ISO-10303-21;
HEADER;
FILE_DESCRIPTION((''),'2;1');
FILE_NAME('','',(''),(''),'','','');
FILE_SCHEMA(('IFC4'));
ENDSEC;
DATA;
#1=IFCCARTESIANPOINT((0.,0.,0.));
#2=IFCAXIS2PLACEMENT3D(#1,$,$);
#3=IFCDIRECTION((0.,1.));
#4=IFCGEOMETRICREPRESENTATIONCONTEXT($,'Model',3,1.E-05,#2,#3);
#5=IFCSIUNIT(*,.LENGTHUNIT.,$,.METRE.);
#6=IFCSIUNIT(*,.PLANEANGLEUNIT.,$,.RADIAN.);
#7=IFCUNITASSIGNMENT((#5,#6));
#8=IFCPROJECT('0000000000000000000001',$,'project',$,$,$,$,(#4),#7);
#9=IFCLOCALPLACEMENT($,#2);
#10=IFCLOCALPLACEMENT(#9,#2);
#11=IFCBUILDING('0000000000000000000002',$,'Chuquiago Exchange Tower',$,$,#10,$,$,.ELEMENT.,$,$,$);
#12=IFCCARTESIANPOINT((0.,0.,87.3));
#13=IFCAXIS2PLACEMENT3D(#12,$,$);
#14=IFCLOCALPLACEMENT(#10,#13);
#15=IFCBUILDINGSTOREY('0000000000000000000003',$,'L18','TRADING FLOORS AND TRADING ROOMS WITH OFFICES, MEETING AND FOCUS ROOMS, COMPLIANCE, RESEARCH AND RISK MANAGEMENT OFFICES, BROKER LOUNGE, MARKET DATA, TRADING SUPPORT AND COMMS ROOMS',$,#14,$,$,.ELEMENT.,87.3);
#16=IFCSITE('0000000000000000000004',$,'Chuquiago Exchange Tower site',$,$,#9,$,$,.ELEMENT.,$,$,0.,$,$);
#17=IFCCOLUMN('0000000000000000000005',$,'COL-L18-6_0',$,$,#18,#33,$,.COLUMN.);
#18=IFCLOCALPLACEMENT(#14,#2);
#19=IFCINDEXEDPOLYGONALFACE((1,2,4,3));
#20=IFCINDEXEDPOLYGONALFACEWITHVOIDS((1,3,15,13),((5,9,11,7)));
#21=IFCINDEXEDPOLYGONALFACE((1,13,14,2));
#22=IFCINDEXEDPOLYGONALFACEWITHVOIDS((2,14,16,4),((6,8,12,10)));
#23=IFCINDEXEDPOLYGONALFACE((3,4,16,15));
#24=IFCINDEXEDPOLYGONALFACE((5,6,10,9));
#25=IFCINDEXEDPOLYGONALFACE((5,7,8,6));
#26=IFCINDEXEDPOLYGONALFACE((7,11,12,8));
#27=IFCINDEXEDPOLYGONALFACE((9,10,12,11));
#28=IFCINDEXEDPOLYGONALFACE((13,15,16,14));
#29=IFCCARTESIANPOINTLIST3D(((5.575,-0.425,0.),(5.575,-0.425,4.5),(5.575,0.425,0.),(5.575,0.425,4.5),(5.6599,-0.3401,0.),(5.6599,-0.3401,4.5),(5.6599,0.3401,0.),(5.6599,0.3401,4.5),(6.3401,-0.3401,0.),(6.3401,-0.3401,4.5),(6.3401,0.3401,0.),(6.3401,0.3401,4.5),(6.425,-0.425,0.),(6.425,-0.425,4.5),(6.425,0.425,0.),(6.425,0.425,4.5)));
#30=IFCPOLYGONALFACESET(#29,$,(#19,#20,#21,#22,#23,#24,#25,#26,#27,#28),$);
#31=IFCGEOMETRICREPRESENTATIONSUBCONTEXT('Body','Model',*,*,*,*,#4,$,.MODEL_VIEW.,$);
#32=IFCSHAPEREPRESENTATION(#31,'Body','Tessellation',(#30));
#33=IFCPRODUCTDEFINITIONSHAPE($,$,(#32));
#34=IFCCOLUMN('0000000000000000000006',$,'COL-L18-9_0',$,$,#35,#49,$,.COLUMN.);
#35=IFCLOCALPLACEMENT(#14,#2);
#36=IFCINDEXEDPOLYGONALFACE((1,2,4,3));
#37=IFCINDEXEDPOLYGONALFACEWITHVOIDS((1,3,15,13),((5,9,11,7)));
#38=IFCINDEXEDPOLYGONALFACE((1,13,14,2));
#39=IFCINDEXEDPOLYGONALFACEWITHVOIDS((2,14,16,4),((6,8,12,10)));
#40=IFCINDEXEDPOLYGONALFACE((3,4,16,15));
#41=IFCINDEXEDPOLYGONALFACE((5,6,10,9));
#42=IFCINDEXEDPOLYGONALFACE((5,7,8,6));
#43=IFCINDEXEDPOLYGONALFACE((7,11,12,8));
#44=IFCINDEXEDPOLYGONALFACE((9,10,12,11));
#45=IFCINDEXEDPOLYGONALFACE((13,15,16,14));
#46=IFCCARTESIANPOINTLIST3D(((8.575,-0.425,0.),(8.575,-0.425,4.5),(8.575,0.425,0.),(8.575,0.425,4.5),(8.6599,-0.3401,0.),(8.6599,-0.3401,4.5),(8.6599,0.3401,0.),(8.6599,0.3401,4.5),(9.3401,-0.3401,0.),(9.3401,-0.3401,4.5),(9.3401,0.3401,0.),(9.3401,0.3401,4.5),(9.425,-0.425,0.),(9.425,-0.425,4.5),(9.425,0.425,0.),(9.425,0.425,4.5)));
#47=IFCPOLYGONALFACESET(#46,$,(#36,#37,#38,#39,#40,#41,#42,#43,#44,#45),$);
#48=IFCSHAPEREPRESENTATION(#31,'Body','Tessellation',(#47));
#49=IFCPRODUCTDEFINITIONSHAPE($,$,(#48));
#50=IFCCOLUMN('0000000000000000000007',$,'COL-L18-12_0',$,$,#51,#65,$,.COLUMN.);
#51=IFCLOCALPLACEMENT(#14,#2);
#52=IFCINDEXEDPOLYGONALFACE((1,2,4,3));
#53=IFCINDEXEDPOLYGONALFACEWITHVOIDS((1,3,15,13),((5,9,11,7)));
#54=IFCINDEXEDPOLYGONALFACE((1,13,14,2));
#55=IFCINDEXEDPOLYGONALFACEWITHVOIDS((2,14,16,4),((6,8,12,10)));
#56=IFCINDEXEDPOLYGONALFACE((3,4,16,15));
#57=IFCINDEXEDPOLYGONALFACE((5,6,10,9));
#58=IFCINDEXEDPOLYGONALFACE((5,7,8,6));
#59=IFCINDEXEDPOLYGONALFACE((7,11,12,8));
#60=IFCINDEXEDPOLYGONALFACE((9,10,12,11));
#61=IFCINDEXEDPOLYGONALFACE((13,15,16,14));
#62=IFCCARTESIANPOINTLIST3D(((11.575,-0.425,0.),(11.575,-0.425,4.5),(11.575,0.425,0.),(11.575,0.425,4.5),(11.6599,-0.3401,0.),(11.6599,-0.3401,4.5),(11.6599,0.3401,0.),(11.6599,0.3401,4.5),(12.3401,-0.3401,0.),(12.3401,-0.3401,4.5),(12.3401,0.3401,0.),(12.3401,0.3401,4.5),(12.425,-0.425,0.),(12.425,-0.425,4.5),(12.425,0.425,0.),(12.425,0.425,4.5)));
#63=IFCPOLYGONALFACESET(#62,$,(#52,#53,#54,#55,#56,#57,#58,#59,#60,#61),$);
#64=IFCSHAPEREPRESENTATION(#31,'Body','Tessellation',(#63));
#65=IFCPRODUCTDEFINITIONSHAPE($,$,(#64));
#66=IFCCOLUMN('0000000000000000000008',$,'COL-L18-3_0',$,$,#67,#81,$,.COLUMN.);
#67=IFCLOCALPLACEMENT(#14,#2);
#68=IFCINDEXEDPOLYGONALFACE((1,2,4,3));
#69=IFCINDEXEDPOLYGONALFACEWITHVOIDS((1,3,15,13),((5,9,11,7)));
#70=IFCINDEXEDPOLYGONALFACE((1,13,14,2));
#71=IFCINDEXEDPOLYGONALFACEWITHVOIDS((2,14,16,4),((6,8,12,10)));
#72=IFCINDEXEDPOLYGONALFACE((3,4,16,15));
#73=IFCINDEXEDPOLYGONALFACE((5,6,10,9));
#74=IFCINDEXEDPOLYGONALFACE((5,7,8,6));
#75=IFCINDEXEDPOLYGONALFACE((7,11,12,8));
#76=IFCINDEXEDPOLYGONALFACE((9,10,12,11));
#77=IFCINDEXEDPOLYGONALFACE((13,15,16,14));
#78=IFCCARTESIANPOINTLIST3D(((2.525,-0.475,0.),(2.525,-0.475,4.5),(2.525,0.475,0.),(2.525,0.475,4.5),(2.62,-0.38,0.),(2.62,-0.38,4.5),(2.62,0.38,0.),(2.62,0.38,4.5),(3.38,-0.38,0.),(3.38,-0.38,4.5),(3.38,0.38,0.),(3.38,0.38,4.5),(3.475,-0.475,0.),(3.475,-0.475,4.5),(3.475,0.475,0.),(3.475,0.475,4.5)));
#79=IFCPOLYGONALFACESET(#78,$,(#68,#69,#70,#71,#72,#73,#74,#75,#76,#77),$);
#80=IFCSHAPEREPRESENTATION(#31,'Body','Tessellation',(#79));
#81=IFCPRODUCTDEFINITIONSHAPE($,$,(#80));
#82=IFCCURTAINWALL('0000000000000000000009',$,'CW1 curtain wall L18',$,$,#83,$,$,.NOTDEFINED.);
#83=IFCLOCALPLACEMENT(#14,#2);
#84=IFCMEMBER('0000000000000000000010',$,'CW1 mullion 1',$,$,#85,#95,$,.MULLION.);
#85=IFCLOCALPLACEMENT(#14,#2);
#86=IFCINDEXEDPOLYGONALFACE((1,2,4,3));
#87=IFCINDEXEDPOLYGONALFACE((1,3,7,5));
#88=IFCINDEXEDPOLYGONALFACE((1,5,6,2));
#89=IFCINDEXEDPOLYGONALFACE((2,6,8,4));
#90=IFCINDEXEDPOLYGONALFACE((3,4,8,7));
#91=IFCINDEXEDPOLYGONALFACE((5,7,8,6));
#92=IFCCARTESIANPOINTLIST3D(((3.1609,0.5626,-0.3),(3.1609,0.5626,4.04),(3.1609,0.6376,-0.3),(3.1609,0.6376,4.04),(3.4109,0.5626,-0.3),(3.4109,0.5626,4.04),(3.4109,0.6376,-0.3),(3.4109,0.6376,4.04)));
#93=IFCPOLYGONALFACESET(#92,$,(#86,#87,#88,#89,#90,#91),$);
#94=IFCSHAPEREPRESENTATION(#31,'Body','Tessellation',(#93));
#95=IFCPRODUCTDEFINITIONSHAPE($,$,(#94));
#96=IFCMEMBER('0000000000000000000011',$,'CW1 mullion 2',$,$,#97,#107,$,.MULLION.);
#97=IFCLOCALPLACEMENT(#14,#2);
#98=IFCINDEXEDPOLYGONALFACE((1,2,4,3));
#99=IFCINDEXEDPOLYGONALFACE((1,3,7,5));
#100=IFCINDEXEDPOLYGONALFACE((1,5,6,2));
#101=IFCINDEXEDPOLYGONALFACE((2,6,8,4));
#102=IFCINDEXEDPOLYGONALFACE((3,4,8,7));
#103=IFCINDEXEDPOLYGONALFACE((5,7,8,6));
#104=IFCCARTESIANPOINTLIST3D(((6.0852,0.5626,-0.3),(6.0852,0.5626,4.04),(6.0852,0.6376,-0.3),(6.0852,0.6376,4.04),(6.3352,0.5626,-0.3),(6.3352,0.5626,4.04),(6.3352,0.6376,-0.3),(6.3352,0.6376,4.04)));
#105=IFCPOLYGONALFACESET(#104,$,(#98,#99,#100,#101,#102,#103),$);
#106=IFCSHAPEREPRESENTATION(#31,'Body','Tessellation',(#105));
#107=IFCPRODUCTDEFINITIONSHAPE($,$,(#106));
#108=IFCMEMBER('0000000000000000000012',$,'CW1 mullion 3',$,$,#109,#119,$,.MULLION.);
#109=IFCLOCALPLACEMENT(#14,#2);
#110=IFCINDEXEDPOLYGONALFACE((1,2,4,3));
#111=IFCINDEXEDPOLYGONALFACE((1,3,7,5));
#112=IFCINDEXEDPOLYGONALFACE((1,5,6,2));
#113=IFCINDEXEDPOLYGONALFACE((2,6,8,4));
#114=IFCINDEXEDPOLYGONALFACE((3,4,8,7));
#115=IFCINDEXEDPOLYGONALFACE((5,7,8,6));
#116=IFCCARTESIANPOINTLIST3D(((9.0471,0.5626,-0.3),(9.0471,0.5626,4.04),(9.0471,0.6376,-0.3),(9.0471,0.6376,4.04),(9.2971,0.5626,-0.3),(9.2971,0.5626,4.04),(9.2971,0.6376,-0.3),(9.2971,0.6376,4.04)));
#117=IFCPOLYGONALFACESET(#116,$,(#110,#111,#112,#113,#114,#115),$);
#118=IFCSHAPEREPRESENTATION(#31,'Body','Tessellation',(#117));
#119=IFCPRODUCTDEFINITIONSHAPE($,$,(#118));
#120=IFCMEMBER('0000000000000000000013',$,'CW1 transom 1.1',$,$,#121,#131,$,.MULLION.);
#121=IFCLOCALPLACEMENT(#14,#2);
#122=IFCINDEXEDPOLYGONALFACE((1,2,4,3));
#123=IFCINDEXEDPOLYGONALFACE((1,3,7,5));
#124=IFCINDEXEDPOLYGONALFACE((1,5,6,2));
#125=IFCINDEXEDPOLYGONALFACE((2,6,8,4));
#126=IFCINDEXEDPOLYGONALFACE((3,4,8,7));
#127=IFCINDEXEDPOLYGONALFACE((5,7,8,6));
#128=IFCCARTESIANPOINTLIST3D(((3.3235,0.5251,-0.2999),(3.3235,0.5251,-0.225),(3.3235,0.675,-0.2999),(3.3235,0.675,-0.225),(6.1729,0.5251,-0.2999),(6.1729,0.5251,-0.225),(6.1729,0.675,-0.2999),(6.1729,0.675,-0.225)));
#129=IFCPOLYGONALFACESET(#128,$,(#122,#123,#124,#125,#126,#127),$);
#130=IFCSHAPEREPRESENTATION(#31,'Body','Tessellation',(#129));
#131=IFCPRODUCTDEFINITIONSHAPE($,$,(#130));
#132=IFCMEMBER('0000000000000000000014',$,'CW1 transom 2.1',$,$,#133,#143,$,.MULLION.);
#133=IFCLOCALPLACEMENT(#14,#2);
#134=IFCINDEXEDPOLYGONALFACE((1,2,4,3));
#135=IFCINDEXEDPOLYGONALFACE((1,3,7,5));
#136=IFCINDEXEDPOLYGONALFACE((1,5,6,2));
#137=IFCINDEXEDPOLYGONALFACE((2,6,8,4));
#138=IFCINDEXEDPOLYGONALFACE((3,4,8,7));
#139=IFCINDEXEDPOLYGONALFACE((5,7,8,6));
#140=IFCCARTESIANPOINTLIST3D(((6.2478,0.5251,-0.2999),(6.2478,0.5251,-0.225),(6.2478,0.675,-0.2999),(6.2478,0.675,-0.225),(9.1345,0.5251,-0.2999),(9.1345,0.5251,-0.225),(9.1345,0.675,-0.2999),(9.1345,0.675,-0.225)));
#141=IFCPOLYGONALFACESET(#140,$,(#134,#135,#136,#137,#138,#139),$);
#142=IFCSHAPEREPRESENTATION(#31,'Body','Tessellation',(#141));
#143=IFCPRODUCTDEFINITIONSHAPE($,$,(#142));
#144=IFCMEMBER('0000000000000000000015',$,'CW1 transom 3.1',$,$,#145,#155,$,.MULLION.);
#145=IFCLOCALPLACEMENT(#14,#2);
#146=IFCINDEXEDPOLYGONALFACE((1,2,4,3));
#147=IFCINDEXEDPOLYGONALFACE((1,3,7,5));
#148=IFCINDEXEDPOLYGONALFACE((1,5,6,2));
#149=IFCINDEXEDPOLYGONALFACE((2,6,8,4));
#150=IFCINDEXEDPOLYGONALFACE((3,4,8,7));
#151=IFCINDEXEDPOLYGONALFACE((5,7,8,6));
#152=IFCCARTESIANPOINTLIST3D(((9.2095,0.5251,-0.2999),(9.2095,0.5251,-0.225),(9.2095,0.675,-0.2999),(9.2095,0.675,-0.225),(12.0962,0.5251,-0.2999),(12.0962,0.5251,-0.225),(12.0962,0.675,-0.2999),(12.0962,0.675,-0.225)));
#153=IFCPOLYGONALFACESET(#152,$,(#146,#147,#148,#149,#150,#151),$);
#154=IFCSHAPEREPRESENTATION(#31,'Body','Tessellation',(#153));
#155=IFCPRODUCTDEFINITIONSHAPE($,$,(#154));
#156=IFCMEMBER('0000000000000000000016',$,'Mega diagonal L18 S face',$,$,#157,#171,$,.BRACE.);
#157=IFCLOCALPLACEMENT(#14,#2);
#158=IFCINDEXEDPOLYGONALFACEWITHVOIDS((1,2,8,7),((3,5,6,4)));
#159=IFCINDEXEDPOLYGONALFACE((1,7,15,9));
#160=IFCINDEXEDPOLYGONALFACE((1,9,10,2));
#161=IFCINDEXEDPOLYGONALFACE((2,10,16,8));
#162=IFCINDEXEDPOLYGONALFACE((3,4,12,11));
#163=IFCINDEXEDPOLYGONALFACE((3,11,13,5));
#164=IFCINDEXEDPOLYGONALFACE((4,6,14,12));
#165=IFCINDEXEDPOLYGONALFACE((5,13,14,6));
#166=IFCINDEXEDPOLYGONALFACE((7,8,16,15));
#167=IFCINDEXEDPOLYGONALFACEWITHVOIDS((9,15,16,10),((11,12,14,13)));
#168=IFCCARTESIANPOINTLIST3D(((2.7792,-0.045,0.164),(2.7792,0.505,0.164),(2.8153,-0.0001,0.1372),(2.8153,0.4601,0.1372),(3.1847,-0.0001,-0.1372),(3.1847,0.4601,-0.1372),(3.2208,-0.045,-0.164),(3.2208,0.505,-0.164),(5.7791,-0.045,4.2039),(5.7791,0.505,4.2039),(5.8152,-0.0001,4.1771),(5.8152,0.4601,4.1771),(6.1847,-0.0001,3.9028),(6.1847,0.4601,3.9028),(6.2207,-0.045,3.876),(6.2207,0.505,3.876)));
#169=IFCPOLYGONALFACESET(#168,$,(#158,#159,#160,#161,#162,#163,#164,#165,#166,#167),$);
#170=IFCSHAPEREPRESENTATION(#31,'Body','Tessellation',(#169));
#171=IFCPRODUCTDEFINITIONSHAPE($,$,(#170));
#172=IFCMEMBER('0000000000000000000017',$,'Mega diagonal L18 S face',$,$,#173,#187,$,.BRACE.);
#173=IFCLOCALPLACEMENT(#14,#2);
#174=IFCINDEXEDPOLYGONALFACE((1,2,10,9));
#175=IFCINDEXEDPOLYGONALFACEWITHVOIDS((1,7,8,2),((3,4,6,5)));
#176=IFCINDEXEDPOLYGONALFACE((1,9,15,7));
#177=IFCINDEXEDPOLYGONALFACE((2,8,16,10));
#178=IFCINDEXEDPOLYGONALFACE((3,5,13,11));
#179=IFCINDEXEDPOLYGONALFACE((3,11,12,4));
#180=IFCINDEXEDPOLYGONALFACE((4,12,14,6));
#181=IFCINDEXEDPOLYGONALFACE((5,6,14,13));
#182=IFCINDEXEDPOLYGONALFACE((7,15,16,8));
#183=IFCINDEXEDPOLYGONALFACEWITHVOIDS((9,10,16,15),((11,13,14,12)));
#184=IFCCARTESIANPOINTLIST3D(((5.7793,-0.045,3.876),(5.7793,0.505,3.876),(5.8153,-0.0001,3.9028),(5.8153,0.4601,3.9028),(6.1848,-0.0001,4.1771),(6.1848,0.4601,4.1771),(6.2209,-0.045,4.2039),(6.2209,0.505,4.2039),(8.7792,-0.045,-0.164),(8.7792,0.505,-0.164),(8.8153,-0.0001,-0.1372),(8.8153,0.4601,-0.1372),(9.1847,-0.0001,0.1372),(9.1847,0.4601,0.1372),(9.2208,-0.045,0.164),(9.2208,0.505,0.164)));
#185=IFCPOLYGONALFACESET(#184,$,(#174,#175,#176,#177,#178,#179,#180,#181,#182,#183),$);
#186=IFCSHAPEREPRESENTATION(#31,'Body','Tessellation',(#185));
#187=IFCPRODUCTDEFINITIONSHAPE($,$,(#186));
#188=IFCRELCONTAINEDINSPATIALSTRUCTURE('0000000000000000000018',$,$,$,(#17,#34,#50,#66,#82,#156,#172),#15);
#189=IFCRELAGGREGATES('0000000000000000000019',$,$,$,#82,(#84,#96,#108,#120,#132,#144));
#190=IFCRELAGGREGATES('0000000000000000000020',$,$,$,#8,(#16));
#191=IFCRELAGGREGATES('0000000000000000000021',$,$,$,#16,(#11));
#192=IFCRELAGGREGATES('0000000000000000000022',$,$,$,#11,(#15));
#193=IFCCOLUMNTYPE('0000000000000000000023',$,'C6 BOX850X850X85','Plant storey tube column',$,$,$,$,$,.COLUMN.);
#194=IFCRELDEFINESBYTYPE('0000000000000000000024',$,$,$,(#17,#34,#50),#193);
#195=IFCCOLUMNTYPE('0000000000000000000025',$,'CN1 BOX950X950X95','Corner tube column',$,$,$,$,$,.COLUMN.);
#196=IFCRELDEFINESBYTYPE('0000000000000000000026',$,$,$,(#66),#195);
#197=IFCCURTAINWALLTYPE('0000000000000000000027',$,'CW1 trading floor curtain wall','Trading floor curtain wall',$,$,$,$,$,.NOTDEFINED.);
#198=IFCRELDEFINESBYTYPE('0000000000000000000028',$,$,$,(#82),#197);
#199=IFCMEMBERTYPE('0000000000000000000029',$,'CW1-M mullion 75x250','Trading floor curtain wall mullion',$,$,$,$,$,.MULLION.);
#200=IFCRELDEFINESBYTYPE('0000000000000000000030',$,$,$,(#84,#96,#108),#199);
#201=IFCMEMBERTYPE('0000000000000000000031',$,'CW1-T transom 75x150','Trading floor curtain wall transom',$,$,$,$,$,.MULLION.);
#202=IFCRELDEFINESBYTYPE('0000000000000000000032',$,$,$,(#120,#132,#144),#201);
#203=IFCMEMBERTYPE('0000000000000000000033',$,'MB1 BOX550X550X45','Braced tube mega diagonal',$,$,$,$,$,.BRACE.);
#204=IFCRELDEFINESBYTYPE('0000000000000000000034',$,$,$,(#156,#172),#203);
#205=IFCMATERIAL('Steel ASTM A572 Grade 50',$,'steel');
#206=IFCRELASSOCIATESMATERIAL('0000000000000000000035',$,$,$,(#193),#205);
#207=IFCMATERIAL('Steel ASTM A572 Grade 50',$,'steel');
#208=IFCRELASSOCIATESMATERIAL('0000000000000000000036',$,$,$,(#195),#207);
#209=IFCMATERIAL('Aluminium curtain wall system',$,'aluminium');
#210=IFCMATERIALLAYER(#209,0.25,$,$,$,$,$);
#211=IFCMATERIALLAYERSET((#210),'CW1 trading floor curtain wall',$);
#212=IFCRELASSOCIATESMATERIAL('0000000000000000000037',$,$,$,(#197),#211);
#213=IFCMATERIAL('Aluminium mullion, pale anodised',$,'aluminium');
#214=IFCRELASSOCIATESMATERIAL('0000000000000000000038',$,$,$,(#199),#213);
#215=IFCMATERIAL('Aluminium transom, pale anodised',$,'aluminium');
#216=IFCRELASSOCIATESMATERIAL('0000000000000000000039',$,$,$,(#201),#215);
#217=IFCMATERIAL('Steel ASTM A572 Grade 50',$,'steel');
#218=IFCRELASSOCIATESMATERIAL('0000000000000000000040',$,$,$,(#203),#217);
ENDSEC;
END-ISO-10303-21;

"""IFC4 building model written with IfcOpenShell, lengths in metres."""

from ifc_helpers import new_model, si_unit, direction, frame, origin, origin_2d, place, context, subcontext, project, spatial, rectangle, hollow_rectangle, extrude, material, layer, layer_set, material_profile, profile_set, type_object, element, aggregate, save


model = new_model("IFC4")

# Units and contexts
model_context = context("Model", 3, precision=1e-05, world=origin(), true_north=direction((0.0, 1.0)))
body_context = subcontext(model_context, "Body", "Model", "MODEL_VIEW")
ifc_project = project(units=[si_unit("LENGTHUNIT", "METRE"), si_unit("PLANEANGLEUNIT", "RADIAN")], contexts=[model_context])

# Site, building, storey
site_placement = place(None, origin())
site = spatial("IfcSite", under=ifc_project, at=site_placement, Name="Chuquiago Exchange Tower site", CompositionType="ELEMENT", RefElevation=0.0)
building_placement = place(site_placement, origin())
building = spatial("IfcBuilding", under=site, at=building_placement, Name="Chuquiago Exchange Tower", CompositionType="ELEMENT")
storey_placement = place(building_placement, frame((0.0, 0.0, 87.3)))
storey = spatial("IfcBuildingStorey", under=building, at=storey_placement, Name="L18", Description="TRADING FLOORS AND TRADING ROOMS WITH OFFICES, MEETING AND FOCUS ROOMS, COMPLIANCE, RESEARCH AND RISK MANAGEMENT OFFICES, BROKER LOUNGE, MARKET DATA, TRADING SUPPORT AND COMMS ROOMS", CompositionType="ELEMENT", Elevation=87.3)

# Columns
ifc_material_1 = material(Name="Steel ASTM A572 Grade 50", Category="steel")
ifc_material_profile_1 = material_profile(ifc_material_1, hollow_rectangle(XDim=0.8501, YDim=0.8501, WallThickness=0.085, at=origin_2d()), Name="BOX850X850X85")
ifc_profile_set_1 = profile_set([ifc_material_profile_1], Name="Steel ASTM A572 Grade 50")
column_type_1 = type_object("IfcColumnType", Name="C6 BOX850X850X85", Description="Plant storey tube column", PredefinedType="COLUMN", material=ifc_profile_set_1)
for number, where, z_axis, x_axis, name in (
    (1, (6.0, 0.0, 0.0), (0.0, 0.0, 1.0), (0.0, -1.0, 0.0), "COL-L18-6_0"),
    (2, (9.0, 0.0, 0.0), (0.0, 0.0, 1.0), (0.0, -1.0, 0.0), "COL-L18-9_0"),
    (3, (12.0, 0.0, 0.0), (0.0, 0.0, 1.0), (0.0, -1.0, 0.0), "COL-L18-12_0"),
):
    element("IfcColumn", number, at=place(storey_placement, frame(where, z_axis=z_axis, x_axis=x_axis)), inside=storey, type_object=column_type_1, Name=name, PredefinedType="COLUMN", context=body_context, shape_type="SweptSolid", body=[
        extrude(hollow_rectangle(XDim=0.8501, YDim=0.8501, WallThickness=0.085, at=origin_2d()), origin(), (0.0, 0.0, 1.0), 4.5),
    ])
ifc_material_2 = material(Name="Steel ASTM A572 Grade 50", Category="steel")
ifc_material_profile_2 = material_profile(ifc_material_2, hollow_rectangle(XDim=0.95, YDim=0.95, WallThickness=0.095, at=origin_2d()), Name="BOX950X950X95")
ifc_profile_set_2 = profile_set([ifc_material_profile_2], Name="Steel ASTM A572 Grade 50")
column_type_2 = type_object("IfcColumnType", Name="CN1 BOX950X950X95", Description="Corner tube column", PredefinedType="COLUMN", material=ifc_profile_set_2)
column_placement = place(storey_placement, frame((3.0, 0.0, 0.0), z_axis=(0.0, 0.0, 1.0), x_axis=(0.0, -1.0, 0.0)))
element("IfcColumn", 4, at=column_placement, inside=storey, type_object=column_type_2, Name="COL-L18-3_0", PredefinedType="COLUMN", context=body_context, shape_type="SweptSolid", body=[
    extrude(hollow_rectangle(XDim=0.95, YDim=0.95, WallThickness=0.095, at=origin_2d()), origin(), (0.0, 0.0, 1.0), 4.5),
])

# Curtain wall, members
ifc_material_3 = material(Name="Aluminium curtain wall system", Category="aluminium")
ifc_layer_1 = layer(ifc_material_3, 0.25)
ifc_layer_set_1 = layer_set([ifc_layer_1], Name="CW1 trading floor curtain wall")
curtain_wall_type = type_object("IfcCurtainWallType", Name="CW1 trading floor curtain wall", Description="Trading floor curtain wall", PredefinedType="NOTDEFINED", material=ifc_layer_set_1)
curtain_wall_placement = place(storey_placement, origin())
curtain_wall = element("IfcCurtainWall", 5, at=curtain_wall_placement, inside=storey, type_object=curtain_wall_type, Name="CW1 curtain wall L18", PredefinedType="NOTDEFINED")
ifc_material_4 = material(Name="Aluminium mullion, pale anodised", Category="aluminium")
ifc_material_profile_3 = material_profile(ifc_material_4, rectangle(XDim=0.075, YDim=0.25, at=origin_2d()), Name="AL 75x250")
ifc_profile_set_3 = profile_set([ifc_material_profile_3], Name="Aluminium mullion, pale anodised")
member_type_1 = type_object("IfcMemberType", Name="CW1-M mullion 75x250", Description="Trading floor curtain wall mullion", PredefinedType="MULLION", material=ifc_profile_set_3)
member_1_placement = place(storey_placement, frame((3.2859, 0.6001, -0.3), z_axis=(0.0, 0.0, 1.0), x_axis=(0.0, 1.0, 0.0)))
member_1 = element("IfcMember", 6, at=member_1_placement, type_object=member_type_1, Name="CW1 mullion 1", PredefinedType="MULLION", context=body_context, shape_type="SweptSolid", body=[
    extrude(rectangle(XDim=0.075, YDim=0.25, at=origin_2d()), origin(), (0.0, 0.0, 1.0), 4.3401),
])
member_2_placement = place(storey_placement, frame((6.2102, 0.6001, -0.3), z_axis=(0.0, 0.0, 1.0), x_axis=(0.0, 1.0, 0.0)))
member_2 = element("IfcMember", 7, at=member_2_placement, type_object=member_type_1, Name="CW1 mullion 2", PredefinedType="MULLION", context=body_context, shape_type="SweptSolid", body=[
    extrude(rectangle(XDim=0.075, YDim=0.25, at=origin_2d()), origin(), (0.0, 0.0, 1.0), 4.3401),
])
member_3_placement = place(storey_placement, frame((9.1721, 0.6001, -0.3), z_axis=(0.0, 0.0, 1.0), x_axis=(0.0, 1.0, 0.0)))
member_3 = element("IfcMember", 8, at=member_3_placement, type_object=member_type_1, Name="CW1 mullion 3", PredefinedType="MULLION", context=body_context, shape_type="SweptSolid", body=[
    extrude(rectangle(XDim=0.075, YDim=0.25, at=origin_2d()), origin(), (0.0, 0.0, 1.0), 4.3401),
])
ifc_material_5 = material(Name="Aluminium transom, pale anodised", Category="aluminium")
ifc_material_profile_4 = material_profile(ifc_material_5, rectangle(XDim=0.1499, YDim=0.075, at=origin_2d()), Name="AL 150x75")
ifc_profile_set_4 = profile_set([ifc_material_profile_4], Name="Aluminium transom, pale anodised")
member_type_2 = type_object("IfcMemberType", Name="CW1-T transom 75x150", Description="Trading floor curtain wall transom", PredefinedType="MULLION", material=ifc_profile_set_4)
member_4_placement = place(storey_placement, frame((3.3235, 0.6001, -0.2625), z_axis=(1.0, 0.0, 0.0), x_axis=(0.0, 1.0, 0.0)))
member_4 = element("IfcMember", 9, at=member_4_placement, type_object=member_type_2, Name="CW1 transom 1.1", PredefinedType="MULLION", context=body_context, shape_type="SweptSolid", body=[
    extrude(rectangle(XDim=0.1499, YDim=0.075, at=origin_2d()), origin(), (0.0, 0.0, 1.0), 2.8494),
])
member_5_placement = place(storey_placement, frame((6.2478, 0.6001, -0.2625), z_axis=(1.0, 0.0, 0.0), x_axis=(0.0, 1.0, 0.0)))
member_5 = element("IfcMember", 10, at=member_5_placement, type_object=member_type_2, Name="CW1 transom 2.1", PredefinedType="MULLION", context=body_context, shape_type="SweptSolid", body=[
    extrude(rectangle(XDim=0.1499, YDim=0.075, at=origin_2d()), origin(), (0.0, 0.0, 1.0), 2.8867),
])
member_6_placement = place(storey_placement, frame((9.2095, 0.6001, -0.2625), z_axis=(1.0, 0.0, 0.0), x_axis=(0.0, 1.0, 0.0)))
member_6 = element("IfcMember", 11, at=member_6_placement, type_object=member_type_2, Name="CW1 transom 3.1", PredefinedType="MULLION", context=body_context, shape_type="SweptSolid", body=[
    extrude(rectangle(XDim=0.1499, YDim=0.075, at=origin_2d()), origin(), (0.0, 0.0, 1.0), 2.8867),
])

# Members
ifc_material_6 = material(Name="Steel ASTM A572 Grade 50", Category="steel")
ifc_material_profile_5 = material_profile(ifc_material_6, hollow_rectangle(XDim=0.55, YDim=0.55, WallThickness=0.0449, at=origin_2d()), Name="BOX550X550X45")
ifc_profile_set_5 = profile_set([ifc_material_profile_5], Name="Steel ASTM A572 Grade 50")
member_type_3 = type_object("IfcMemberType", Name="MB1 BOX550X550X45", Description="Braced tube mega diagonal", PredefinedType="BRACE", material=ifc_profile_set_5)
for number, where, z_axis, x_axis, name in (
    (12, (3.0, 0.23, 0.0), (0.596174, 0.0, 0.802855), (0.0, 1.0, 0.0), "Mega diagonal L18 S face"),
    (13, (9.0, 0.23, 0.0), (-0.596174, 0.0, 0.802855), (0.0, -1.0, 0.0), "Mega diagonal L18 S face"),
):
    element("IfcMember", number, at=place(storey_placement, frame(where, z_axis=z_axis, x_axis=x_axis)), inside=storey, type_object=member_type_3, Name=name, PredefinedType="BRACE", context=body_context, shape_type="SweptSolid", body=[
        extrude(hollow_rectangle(XDim=0.55, YDim=0.55, WallThickness=0.0449, at=origin_2d()), origin(), (0.0, 0.0, 1.0), 5.032),
    ])

aggregate(curtain_wall, [member_1, member_2, member_3, member_4, member_5, member_6])

save(model, "model.ifc")
